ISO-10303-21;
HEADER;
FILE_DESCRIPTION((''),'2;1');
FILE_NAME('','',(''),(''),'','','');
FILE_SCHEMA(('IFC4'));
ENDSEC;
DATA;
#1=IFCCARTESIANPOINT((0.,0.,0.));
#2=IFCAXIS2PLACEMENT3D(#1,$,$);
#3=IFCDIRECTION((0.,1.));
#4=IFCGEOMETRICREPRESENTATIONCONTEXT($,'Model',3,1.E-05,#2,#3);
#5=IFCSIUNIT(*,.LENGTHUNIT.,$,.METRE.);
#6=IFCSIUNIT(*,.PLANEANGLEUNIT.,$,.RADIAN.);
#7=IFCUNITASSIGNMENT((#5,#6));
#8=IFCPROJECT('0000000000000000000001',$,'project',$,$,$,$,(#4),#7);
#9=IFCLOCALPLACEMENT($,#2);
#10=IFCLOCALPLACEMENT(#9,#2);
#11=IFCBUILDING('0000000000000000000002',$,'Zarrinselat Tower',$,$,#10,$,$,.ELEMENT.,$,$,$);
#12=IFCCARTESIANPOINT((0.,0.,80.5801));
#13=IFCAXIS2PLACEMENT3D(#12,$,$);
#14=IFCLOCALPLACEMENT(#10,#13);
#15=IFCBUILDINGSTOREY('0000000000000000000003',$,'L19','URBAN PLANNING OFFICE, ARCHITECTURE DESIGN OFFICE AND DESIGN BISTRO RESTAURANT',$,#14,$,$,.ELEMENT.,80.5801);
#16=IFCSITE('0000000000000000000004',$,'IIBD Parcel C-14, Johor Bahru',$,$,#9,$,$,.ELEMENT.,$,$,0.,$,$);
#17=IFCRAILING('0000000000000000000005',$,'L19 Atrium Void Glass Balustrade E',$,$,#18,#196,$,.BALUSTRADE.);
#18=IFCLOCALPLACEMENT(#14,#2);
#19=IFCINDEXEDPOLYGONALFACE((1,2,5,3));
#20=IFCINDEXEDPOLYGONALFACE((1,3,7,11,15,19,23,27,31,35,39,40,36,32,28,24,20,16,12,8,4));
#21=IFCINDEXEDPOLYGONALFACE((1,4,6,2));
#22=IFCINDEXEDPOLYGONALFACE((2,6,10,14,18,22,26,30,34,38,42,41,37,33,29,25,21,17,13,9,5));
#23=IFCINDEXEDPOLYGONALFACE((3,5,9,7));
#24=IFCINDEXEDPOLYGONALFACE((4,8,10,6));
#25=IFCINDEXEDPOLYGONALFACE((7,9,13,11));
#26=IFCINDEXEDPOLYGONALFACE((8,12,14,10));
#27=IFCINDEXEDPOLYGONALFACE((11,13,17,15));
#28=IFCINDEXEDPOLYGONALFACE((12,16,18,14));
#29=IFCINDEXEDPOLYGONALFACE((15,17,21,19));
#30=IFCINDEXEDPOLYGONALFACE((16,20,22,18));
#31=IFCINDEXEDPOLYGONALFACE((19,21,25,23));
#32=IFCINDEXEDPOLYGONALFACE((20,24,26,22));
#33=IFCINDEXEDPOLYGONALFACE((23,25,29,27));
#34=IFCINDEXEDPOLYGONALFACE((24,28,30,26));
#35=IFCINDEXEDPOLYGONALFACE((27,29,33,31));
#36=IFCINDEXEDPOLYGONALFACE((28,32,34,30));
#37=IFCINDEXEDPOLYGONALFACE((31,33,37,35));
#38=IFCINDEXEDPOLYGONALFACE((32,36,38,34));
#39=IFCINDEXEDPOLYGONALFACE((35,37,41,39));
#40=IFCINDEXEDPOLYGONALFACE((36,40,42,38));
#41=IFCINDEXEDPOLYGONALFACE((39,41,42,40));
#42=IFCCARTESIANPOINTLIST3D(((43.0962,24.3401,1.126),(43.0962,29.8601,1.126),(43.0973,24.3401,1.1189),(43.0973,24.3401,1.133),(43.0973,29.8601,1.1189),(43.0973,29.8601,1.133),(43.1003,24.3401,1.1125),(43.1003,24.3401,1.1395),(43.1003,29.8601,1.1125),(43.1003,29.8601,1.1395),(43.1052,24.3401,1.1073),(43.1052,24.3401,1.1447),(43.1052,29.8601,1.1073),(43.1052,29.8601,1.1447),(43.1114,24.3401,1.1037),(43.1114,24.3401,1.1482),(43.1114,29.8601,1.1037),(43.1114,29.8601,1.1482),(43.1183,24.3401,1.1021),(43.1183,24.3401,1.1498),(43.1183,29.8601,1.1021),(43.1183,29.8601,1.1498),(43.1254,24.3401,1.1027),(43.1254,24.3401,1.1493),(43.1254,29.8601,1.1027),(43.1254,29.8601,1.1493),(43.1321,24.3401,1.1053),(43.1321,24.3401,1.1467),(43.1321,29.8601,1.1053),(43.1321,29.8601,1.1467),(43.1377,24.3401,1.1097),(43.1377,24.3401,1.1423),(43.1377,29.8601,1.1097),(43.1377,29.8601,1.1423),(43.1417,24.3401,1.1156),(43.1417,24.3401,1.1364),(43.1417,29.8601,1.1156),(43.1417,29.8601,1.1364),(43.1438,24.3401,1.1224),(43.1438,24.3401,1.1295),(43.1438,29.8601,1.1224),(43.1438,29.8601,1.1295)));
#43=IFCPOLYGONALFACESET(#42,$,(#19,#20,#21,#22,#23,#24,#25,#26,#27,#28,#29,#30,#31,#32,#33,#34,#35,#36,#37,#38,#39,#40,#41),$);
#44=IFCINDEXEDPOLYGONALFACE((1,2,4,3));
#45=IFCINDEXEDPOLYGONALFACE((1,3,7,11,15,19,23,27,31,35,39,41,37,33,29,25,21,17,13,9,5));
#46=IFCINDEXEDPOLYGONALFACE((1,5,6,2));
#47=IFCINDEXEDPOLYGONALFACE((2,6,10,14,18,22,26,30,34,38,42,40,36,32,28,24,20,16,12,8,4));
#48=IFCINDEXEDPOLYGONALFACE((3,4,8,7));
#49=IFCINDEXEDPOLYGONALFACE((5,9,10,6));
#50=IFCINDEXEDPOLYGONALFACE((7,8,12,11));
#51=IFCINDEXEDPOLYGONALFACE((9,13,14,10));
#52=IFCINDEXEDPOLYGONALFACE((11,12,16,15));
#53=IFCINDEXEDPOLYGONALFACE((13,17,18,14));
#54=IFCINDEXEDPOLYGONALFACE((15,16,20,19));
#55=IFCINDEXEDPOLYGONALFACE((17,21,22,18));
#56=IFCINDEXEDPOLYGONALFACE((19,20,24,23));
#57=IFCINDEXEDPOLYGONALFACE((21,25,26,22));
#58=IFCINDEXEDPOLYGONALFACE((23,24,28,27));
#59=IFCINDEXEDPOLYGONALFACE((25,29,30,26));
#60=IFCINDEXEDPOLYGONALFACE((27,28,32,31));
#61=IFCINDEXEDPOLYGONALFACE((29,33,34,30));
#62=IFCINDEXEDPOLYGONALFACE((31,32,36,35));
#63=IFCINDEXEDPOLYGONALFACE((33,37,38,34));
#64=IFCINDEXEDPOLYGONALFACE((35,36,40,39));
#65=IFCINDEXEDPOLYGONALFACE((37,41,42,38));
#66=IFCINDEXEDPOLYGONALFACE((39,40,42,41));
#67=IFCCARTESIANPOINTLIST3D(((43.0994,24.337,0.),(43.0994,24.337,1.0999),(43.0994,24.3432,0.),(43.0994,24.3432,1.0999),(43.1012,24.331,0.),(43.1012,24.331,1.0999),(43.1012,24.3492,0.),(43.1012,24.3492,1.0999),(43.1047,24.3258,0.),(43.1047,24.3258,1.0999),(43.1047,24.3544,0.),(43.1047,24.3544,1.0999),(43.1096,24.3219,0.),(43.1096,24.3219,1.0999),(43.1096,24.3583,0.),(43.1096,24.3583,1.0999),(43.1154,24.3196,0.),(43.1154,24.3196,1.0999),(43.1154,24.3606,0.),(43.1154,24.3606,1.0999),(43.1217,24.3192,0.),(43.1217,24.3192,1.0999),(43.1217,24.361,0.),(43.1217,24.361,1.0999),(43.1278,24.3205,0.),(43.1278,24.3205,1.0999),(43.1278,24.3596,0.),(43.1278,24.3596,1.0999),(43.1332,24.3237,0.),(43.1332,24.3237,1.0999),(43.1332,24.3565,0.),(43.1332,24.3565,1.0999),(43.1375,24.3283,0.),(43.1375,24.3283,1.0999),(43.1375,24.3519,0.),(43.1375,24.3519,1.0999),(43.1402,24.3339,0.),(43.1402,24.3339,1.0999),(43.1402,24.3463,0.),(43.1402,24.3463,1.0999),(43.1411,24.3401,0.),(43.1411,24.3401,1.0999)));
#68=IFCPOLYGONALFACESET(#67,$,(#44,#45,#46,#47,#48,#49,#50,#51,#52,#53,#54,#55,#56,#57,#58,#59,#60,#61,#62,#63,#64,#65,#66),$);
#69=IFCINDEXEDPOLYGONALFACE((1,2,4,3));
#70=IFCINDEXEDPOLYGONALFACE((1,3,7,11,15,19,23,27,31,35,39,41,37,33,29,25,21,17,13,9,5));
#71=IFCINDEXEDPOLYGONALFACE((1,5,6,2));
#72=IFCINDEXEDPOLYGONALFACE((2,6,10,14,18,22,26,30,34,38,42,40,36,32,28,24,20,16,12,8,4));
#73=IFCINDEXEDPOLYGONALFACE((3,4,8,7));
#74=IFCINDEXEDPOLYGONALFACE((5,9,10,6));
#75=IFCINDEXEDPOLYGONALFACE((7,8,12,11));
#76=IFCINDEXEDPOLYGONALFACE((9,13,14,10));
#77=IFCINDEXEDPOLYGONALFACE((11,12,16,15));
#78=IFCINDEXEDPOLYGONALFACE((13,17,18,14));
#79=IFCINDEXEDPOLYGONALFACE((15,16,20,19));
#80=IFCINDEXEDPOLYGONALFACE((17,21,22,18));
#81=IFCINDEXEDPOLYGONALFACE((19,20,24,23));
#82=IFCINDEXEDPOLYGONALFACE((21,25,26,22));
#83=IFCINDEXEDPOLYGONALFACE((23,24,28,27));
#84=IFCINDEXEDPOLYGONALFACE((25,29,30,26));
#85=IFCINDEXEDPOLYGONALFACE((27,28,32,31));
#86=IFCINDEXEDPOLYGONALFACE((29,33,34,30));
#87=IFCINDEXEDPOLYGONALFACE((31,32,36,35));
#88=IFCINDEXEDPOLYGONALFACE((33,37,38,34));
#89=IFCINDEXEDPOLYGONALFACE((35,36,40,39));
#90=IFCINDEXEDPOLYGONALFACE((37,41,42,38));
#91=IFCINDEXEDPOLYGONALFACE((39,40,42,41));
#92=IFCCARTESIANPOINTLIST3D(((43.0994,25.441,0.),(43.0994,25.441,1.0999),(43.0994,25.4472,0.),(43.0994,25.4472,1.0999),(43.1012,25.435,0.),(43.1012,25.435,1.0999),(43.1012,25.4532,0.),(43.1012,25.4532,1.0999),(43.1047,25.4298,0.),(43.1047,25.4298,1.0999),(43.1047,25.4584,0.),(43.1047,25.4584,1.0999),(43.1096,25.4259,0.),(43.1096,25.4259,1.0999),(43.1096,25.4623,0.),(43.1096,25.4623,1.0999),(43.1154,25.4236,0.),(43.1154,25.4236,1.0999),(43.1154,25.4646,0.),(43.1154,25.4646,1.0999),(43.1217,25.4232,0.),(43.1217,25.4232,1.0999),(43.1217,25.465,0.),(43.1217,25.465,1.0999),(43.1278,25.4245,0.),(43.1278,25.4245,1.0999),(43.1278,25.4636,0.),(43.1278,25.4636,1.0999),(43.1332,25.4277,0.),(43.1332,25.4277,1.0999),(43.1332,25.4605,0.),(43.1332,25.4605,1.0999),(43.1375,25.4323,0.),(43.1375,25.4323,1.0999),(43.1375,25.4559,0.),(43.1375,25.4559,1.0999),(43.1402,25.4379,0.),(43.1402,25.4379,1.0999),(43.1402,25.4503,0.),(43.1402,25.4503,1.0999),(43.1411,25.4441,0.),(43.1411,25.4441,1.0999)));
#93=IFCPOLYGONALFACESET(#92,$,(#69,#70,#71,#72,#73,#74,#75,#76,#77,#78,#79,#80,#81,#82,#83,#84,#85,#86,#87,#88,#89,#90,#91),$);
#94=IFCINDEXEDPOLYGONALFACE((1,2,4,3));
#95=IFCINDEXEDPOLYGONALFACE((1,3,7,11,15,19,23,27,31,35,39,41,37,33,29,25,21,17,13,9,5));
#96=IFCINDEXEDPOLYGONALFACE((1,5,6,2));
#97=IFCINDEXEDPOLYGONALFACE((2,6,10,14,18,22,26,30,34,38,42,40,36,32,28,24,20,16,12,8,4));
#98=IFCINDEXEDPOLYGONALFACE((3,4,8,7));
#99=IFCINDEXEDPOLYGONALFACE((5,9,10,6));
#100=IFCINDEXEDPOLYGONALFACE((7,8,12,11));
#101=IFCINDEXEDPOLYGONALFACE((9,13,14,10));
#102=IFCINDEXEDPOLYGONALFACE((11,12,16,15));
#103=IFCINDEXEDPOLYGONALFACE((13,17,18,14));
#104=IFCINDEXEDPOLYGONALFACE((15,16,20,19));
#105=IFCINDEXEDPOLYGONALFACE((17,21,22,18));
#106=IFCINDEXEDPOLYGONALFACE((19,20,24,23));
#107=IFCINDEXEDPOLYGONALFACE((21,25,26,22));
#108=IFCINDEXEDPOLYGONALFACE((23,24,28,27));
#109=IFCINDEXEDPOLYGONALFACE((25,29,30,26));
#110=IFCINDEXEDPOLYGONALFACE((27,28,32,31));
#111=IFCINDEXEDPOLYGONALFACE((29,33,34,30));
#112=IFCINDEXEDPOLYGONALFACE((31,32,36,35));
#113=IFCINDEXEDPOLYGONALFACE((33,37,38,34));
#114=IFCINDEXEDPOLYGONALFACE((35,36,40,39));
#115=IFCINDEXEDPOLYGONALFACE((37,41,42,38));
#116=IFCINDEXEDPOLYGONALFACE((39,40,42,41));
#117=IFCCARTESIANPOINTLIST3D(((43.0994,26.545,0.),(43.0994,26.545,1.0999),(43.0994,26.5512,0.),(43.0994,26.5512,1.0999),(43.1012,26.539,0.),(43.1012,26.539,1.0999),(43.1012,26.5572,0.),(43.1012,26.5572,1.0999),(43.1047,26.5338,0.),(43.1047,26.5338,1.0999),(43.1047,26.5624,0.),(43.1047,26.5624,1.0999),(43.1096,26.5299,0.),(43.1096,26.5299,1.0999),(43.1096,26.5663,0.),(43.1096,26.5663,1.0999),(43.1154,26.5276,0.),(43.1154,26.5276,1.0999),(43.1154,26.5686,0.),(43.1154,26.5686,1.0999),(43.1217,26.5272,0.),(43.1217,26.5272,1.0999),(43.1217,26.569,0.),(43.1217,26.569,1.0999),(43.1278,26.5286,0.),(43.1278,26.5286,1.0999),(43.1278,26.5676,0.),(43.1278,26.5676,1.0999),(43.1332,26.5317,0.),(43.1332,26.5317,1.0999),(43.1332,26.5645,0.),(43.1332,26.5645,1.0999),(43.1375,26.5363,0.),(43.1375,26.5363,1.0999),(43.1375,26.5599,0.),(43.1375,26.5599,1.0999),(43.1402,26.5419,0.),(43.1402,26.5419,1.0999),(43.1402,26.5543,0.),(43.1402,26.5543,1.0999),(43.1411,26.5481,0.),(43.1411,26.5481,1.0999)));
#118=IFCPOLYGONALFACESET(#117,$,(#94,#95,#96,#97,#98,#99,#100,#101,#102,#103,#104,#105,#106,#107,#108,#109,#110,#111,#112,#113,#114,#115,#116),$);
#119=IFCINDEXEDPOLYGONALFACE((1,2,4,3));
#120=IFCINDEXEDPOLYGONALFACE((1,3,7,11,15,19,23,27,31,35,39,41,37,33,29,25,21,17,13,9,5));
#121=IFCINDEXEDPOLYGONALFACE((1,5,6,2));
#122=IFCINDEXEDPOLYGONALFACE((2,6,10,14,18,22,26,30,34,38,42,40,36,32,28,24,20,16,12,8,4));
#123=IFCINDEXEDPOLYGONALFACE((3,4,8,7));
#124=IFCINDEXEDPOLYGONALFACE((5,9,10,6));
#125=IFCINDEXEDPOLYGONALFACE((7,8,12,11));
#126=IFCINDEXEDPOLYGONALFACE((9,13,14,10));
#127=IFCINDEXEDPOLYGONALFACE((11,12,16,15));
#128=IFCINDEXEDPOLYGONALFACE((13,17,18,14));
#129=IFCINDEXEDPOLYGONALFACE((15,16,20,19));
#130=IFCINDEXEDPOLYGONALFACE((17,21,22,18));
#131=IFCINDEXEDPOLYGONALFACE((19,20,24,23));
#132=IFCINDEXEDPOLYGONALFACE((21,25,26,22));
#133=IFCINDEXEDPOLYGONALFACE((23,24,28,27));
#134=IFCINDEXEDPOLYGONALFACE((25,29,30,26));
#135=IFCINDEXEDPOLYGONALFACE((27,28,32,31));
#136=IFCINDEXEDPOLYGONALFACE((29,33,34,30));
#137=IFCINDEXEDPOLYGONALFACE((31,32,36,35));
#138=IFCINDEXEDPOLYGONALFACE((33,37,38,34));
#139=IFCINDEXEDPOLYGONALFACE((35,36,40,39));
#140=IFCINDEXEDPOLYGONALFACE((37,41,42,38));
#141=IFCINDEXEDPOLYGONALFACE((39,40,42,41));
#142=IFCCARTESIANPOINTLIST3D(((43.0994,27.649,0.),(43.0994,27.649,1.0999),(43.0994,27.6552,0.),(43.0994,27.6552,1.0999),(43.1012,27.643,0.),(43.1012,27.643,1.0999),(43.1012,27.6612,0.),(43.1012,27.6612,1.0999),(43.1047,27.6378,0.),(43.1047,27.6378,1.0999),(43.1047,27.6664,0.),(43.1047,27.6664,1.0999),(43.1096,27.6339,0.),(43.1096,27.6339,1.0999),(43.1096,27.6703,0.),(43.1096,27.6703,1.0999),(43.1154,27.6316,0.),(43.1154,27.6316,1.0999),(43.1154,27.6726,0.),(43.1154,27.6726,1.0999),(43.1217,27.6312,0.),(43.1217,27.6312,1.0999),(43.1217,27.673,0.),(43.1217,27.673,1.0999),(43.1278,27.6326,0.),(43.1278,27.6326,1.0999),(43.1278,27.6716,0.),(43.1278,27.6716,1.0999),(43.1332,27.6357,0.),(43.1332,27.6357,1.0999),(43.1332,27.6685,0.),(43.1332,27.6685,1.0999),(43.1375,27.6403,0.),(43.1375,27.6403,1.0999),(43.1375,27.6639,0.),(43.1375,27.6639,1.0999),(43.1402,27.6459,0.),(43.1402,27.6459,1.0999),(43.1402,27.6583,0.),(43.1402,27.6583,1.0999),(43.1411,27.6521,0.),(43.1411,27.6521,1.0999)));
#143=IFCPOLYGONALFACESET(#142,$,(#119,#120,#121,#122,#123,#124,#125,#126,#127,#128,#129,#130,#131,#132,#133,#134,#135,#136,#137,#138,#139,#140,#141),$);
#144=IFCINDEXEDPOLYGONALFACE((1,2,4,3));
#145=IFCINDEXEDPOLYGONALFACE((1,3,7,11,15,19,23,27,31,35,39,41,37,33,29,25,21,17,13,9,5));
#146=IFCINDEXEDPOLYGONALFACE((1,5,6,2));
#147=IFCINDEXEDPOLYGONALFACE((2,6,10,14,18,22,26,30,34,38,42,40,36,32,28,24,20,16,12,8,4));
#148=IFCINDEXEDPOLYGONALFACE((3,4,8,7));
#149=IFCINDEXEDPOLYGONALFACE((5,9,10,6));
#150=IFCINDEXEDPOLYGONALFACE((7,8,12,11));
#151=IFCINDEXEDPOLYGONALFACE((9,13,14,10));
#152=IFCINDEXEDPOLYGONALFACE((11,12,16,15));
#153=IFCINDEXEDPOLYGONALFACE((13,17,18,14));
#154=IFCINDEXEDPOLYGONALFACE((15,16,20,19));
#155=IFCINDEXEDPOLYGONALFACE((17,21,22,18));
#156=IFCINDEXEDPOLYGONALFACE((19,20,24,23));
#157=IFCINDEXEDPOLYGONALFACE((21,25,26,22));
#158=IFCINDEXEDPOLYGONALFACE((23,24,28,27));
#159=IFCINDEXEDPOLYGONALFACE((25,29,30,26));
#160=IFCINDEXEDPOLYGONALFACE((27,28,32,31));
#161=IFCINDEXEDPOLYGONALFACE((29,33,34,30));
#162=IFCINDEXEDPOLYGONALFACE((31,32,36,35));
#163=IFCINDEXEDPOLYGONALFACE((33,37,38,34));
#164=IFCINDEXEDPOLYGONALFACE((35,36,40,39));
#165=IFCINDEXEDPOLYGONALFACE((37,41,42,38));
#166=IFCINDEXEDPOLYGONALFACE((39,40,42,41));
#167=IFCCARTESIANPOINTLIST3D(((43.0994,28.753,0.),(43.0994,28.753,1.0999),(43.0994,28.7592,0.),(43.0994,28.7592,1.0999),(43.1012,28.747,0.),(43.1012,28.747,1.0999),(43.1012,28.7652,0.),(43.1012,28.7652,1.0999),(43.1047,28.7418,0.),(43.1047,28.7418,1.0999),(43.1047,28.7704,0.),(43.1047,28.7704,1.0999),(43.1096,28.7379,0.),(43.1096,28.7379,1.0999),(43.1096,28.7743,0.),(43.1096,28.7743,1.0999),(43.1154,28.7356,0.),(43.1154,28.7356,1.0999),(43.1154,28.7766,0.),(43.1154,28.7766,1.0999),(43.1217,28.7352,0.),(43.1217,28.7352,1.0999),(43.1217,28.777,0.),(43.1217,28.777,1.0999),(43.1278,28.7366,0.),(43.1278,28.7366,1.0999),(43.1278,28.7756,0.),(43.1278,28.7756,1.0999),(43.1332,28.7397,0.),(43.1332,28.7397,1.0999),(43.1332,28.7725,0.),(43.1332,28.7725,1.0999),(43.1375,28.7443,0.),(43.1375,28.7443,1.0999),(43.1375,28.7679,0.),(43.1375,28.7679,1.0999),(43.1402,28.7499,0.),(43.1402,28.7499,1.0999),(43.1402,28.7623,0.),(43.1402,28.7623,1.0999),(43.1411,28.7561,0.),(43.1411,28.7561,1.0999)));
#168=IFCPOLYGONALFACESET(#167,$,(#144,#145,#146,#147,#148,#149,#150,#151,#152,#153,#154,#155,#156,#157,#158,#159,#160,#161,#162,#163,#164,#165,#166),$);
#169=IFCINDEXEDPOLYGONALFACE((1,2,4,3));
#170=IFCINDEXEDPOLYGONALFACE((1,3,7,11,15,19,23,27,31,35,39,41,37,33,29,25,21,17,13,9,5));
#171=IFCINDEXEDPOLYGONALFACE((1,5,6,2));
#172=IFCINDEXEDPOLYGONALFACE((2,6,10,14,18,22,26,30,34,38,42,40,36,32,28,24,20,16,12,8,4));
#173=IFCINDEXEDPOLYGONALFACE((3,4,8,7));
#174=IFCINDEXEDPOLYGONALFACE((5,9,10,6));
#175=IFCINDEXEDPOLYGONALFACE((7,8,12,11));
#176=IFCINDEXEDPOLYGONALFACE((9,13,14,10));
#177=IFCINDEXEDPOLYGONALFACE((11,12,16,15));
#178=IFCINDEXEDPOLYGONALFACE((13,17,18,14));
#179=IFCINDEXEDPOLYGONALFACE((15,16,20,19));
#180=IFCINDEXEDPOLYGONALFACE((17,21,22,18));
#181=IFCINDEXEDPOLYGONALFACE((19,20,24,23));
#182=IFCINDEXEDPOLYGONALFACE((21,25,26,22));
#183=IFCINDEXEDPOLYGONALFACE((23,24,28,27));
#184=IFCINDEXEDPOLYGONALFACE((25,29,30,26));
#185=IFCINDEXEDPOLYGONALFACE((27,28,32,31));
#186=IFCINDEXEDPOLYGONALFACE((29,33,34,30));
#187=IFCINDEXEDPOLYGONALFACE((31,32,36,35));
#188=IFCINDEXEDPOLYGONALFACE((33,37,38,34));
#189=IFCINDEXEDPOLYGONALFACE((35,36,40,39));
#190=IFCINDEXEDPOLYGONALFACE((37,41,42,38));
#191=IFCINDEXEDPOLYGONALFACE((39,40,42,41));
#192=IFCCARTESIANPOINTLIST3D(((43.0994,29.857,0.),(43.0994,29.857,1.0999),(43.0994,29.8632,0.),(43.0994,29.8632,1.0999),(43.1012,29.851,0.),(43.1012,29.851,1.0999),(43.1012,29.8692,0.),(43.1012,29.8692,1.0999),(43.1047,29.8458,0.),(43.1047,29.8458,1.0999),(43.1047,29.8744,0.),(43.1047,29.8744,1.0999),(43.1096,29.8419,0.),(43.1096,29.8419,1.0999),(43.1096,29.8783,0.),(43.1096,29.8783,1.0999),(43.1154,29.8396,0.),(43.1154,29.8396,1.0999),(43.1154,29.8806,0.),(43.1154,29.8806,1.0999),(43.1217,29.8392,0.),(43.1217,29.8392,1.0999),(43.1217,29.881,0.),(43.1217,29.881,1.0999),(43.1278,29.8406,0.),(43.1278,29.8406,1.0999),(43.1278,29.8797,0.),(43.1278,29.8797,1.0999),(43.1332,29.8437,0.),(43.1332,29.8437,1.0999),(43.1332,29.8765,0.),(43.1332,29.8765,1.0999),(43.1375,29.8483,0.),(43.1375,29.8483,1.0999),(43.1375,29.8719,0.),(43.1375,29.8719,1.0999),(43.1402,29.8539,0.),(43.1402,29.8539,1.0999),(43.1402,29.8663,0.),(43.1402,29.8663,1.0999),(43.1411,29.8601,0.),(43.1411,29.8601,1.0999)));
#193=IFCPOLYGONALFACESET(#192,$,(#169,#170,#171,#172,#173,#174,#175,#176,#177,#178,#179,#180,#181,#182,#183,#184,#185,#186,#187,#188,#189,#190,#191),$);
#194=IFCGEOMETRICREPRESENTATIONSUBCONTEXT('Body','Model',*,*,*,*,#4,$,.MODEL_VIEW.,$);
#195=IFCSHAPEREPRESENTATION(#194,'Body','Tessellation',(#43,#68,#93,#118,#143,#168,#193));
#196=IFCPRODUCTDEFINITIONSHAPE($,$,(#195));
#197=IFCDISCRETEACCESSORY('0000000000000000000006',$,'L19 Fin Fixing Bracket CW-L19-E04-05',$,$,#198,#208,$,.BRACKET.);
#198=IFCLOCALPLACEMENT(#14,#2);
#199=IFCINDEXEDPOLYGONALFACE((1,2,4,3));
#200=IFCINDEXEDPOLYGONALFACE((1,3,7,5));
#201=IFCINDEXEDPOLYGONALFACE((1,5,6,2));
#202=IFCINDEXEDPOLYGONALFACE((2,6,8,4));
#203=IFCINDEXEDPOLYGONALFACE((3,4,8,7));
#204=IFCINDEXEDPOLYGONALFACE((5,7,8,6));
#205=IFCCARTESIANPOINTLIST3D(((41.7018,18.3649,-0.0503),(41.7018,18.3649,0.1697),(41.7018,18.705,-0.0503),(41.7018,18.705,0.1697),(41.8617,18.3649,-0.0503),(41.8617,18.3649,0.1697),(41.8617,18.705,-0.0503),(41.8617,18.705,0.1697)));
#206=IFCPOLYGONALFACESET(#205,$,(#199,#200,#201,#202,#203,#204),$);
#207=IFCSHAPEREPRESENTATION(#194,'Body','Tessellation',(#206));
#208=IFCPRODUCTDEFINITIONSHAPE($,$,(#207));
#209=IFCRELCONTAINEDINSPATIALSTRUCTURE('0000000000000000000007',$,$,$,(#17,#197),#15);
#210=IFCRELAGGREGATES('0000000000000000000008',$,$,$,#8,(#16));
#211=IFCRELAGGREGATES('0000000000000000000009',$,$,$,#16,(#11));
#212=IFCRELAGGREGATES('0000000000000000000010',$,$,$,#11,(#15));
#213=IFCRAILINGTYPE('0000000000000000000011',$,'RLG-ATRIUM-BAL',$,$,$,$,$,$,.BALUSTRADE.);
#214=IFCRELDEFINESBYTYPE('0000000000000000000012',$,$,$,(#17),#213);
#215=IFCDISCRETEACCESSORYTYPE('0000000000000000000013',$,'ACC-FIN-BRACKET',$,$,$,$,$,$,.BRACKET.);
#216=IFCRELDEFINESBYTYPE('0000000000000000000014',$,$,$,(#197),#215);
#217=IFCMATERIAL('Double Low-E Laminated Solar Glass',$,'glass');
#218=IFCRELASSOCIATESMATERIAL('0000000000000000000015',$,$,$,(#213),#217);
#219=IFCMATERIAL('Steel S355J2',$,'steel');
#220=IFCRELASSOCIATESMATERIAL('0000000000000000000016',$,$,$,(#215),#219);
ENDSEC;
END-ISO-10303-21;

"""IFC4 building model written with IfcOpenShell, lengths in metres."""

from ifc_helpers import new_model, si_unit, direction, frame, origin, origin_2d, place, context, subcontext, project, spatial, rectangle, circle, extrude, material, type_object, element, save


model = new_model("IFC4")

# Units and contexts
model_context = context("Model", 3, precision=1e-05, world=origin(), true_north=direction((0.0, 1.0)))
body_context = subcontext(model_context, "Body", "Model", "MODEL_VIEW")
ifc_project = project(units=[si_unit("LENGTHUNIT", "METRE"), si_unit("PLANEANGLEUNIT", "RADIAN")], contexts=[model_context])

# Site, building, storey
site_placement = place(None, origin())
site = spatial("IfcSite", under=ifc_project, at=site_placement, Name="IIBD Parcel C-14, Johor Bahru", CompositionType="ELEMENT", RefElevation=0.0)
building_placement = place(site_placement, origin())
building = spatial("IfcBuilding", under=site, at=building_placement, Name="Zarrinselat Tower", CompositionType="ELEMENT")
storey_placement = place(building_placement, frame((0.0, 0.0, 80.5801)))
storey = spatial("IfcBuildingStorey", under=building, at=storey_placement, Name="L19", Description="URBAN PLANNING OFFICE, ARCHITECTURE DESIGN OFFICE AND DESIGN BISTRO RESTAURANT", CompositionType="ELEMENT", Elevation=80.5801)

# Railing
ifc_material_1 = material(Name="Double Low-E Laminated Solar Glass", Category="glass")
railing_type = type_object("IfcRailingType", Name="RLG-ATRIUM-BAL", PredefinedType="BALUSTRADE", material=ifc_material_1)
railing_placement = place(storey_placement, frame((43.1201, 24.3401, 0.0)))
element("IfcRailing", 1, at=railing_placement, inside=storey, type_object=railing_type, Name="L19 Atrium Void Glass Balustrade E", PredefinedType="BALUSTRADE", context=body_context, shape_type="SweptSolid", body=[
    extrude(circle(Radius=0.0239, at=origin_2d()), frame((0.0, 0.0, 1.126), z_axis=(0.0, 1.0, 0.0), x_axis=(-1.0, 0.0, 0.0)), (0.0, 0.0, 1.0), 5.52),
    extrude(circle(Radius=0.021, at=origin_2d()), origin(), (0.0, 0.0, 1.0), 1.0999),
    extrude(circle(Radius=0.021, at=origin_2d()), frame((0.0, 1.104, 0.0)), (0.0, 0.0, 1.0), 1.0999),
    extrude(circle(Radius=0.021, at=origin_2d()), frame((0.0, 2.208, 0.0)), (0.0, 0.0, 1.0), 1.0999),
    extrude(circle(Radius=0.021, at=origin_2d()), frame((0.0, 3.312, 0.0)), (0.0, 0.0, 1.0), 1.0999),
    extrude(circle(Radius=0.021, at=origin_2d()), frame((0.0, 4.416, 0.0)), (0.0, 0.0, 1.0), 1.0999),
    extrude(circle(Radius=0.021, at=origin_2d()), frame((0.0, 5.52, 0.0)), (0.0, 0.0, 1.0), 1.0999),
])

# Discrete accessory
ifc_material_2 = material(Name="Steel S355J2", Category="steel")
discrete_accessory_type = type_object("IfcDiscreteAccessoryType", Name="ACC-FIN-BRACKET", PredefinedType="BRACKET", material=ifc_material_2)
discrete_accessory_placement = place(storey_placement, frame((41.7817, 18.5349, -0.0503), z_axis=(0.0, 0.0, 1.0), x_axis=(0.0, -1.0, 0.0)))
element("IfcDiscreteAccessory", 2, at=discrete_accessory_placement, inside=storey, type_object=discrete_accessory_type, Name="L19 Fin Fixing Bracket CW-L19-E04-05", PredefinedType="BRACKET", context=body_context, shape_type="SweptSolid", body=[
    extrude(rectangle(XDim=0.3401, YDim=0.1599, at=origin_2d()), origin(), (0.0, 0.0, 1.0), 0.22),
])

save(model, "model.ifc")
